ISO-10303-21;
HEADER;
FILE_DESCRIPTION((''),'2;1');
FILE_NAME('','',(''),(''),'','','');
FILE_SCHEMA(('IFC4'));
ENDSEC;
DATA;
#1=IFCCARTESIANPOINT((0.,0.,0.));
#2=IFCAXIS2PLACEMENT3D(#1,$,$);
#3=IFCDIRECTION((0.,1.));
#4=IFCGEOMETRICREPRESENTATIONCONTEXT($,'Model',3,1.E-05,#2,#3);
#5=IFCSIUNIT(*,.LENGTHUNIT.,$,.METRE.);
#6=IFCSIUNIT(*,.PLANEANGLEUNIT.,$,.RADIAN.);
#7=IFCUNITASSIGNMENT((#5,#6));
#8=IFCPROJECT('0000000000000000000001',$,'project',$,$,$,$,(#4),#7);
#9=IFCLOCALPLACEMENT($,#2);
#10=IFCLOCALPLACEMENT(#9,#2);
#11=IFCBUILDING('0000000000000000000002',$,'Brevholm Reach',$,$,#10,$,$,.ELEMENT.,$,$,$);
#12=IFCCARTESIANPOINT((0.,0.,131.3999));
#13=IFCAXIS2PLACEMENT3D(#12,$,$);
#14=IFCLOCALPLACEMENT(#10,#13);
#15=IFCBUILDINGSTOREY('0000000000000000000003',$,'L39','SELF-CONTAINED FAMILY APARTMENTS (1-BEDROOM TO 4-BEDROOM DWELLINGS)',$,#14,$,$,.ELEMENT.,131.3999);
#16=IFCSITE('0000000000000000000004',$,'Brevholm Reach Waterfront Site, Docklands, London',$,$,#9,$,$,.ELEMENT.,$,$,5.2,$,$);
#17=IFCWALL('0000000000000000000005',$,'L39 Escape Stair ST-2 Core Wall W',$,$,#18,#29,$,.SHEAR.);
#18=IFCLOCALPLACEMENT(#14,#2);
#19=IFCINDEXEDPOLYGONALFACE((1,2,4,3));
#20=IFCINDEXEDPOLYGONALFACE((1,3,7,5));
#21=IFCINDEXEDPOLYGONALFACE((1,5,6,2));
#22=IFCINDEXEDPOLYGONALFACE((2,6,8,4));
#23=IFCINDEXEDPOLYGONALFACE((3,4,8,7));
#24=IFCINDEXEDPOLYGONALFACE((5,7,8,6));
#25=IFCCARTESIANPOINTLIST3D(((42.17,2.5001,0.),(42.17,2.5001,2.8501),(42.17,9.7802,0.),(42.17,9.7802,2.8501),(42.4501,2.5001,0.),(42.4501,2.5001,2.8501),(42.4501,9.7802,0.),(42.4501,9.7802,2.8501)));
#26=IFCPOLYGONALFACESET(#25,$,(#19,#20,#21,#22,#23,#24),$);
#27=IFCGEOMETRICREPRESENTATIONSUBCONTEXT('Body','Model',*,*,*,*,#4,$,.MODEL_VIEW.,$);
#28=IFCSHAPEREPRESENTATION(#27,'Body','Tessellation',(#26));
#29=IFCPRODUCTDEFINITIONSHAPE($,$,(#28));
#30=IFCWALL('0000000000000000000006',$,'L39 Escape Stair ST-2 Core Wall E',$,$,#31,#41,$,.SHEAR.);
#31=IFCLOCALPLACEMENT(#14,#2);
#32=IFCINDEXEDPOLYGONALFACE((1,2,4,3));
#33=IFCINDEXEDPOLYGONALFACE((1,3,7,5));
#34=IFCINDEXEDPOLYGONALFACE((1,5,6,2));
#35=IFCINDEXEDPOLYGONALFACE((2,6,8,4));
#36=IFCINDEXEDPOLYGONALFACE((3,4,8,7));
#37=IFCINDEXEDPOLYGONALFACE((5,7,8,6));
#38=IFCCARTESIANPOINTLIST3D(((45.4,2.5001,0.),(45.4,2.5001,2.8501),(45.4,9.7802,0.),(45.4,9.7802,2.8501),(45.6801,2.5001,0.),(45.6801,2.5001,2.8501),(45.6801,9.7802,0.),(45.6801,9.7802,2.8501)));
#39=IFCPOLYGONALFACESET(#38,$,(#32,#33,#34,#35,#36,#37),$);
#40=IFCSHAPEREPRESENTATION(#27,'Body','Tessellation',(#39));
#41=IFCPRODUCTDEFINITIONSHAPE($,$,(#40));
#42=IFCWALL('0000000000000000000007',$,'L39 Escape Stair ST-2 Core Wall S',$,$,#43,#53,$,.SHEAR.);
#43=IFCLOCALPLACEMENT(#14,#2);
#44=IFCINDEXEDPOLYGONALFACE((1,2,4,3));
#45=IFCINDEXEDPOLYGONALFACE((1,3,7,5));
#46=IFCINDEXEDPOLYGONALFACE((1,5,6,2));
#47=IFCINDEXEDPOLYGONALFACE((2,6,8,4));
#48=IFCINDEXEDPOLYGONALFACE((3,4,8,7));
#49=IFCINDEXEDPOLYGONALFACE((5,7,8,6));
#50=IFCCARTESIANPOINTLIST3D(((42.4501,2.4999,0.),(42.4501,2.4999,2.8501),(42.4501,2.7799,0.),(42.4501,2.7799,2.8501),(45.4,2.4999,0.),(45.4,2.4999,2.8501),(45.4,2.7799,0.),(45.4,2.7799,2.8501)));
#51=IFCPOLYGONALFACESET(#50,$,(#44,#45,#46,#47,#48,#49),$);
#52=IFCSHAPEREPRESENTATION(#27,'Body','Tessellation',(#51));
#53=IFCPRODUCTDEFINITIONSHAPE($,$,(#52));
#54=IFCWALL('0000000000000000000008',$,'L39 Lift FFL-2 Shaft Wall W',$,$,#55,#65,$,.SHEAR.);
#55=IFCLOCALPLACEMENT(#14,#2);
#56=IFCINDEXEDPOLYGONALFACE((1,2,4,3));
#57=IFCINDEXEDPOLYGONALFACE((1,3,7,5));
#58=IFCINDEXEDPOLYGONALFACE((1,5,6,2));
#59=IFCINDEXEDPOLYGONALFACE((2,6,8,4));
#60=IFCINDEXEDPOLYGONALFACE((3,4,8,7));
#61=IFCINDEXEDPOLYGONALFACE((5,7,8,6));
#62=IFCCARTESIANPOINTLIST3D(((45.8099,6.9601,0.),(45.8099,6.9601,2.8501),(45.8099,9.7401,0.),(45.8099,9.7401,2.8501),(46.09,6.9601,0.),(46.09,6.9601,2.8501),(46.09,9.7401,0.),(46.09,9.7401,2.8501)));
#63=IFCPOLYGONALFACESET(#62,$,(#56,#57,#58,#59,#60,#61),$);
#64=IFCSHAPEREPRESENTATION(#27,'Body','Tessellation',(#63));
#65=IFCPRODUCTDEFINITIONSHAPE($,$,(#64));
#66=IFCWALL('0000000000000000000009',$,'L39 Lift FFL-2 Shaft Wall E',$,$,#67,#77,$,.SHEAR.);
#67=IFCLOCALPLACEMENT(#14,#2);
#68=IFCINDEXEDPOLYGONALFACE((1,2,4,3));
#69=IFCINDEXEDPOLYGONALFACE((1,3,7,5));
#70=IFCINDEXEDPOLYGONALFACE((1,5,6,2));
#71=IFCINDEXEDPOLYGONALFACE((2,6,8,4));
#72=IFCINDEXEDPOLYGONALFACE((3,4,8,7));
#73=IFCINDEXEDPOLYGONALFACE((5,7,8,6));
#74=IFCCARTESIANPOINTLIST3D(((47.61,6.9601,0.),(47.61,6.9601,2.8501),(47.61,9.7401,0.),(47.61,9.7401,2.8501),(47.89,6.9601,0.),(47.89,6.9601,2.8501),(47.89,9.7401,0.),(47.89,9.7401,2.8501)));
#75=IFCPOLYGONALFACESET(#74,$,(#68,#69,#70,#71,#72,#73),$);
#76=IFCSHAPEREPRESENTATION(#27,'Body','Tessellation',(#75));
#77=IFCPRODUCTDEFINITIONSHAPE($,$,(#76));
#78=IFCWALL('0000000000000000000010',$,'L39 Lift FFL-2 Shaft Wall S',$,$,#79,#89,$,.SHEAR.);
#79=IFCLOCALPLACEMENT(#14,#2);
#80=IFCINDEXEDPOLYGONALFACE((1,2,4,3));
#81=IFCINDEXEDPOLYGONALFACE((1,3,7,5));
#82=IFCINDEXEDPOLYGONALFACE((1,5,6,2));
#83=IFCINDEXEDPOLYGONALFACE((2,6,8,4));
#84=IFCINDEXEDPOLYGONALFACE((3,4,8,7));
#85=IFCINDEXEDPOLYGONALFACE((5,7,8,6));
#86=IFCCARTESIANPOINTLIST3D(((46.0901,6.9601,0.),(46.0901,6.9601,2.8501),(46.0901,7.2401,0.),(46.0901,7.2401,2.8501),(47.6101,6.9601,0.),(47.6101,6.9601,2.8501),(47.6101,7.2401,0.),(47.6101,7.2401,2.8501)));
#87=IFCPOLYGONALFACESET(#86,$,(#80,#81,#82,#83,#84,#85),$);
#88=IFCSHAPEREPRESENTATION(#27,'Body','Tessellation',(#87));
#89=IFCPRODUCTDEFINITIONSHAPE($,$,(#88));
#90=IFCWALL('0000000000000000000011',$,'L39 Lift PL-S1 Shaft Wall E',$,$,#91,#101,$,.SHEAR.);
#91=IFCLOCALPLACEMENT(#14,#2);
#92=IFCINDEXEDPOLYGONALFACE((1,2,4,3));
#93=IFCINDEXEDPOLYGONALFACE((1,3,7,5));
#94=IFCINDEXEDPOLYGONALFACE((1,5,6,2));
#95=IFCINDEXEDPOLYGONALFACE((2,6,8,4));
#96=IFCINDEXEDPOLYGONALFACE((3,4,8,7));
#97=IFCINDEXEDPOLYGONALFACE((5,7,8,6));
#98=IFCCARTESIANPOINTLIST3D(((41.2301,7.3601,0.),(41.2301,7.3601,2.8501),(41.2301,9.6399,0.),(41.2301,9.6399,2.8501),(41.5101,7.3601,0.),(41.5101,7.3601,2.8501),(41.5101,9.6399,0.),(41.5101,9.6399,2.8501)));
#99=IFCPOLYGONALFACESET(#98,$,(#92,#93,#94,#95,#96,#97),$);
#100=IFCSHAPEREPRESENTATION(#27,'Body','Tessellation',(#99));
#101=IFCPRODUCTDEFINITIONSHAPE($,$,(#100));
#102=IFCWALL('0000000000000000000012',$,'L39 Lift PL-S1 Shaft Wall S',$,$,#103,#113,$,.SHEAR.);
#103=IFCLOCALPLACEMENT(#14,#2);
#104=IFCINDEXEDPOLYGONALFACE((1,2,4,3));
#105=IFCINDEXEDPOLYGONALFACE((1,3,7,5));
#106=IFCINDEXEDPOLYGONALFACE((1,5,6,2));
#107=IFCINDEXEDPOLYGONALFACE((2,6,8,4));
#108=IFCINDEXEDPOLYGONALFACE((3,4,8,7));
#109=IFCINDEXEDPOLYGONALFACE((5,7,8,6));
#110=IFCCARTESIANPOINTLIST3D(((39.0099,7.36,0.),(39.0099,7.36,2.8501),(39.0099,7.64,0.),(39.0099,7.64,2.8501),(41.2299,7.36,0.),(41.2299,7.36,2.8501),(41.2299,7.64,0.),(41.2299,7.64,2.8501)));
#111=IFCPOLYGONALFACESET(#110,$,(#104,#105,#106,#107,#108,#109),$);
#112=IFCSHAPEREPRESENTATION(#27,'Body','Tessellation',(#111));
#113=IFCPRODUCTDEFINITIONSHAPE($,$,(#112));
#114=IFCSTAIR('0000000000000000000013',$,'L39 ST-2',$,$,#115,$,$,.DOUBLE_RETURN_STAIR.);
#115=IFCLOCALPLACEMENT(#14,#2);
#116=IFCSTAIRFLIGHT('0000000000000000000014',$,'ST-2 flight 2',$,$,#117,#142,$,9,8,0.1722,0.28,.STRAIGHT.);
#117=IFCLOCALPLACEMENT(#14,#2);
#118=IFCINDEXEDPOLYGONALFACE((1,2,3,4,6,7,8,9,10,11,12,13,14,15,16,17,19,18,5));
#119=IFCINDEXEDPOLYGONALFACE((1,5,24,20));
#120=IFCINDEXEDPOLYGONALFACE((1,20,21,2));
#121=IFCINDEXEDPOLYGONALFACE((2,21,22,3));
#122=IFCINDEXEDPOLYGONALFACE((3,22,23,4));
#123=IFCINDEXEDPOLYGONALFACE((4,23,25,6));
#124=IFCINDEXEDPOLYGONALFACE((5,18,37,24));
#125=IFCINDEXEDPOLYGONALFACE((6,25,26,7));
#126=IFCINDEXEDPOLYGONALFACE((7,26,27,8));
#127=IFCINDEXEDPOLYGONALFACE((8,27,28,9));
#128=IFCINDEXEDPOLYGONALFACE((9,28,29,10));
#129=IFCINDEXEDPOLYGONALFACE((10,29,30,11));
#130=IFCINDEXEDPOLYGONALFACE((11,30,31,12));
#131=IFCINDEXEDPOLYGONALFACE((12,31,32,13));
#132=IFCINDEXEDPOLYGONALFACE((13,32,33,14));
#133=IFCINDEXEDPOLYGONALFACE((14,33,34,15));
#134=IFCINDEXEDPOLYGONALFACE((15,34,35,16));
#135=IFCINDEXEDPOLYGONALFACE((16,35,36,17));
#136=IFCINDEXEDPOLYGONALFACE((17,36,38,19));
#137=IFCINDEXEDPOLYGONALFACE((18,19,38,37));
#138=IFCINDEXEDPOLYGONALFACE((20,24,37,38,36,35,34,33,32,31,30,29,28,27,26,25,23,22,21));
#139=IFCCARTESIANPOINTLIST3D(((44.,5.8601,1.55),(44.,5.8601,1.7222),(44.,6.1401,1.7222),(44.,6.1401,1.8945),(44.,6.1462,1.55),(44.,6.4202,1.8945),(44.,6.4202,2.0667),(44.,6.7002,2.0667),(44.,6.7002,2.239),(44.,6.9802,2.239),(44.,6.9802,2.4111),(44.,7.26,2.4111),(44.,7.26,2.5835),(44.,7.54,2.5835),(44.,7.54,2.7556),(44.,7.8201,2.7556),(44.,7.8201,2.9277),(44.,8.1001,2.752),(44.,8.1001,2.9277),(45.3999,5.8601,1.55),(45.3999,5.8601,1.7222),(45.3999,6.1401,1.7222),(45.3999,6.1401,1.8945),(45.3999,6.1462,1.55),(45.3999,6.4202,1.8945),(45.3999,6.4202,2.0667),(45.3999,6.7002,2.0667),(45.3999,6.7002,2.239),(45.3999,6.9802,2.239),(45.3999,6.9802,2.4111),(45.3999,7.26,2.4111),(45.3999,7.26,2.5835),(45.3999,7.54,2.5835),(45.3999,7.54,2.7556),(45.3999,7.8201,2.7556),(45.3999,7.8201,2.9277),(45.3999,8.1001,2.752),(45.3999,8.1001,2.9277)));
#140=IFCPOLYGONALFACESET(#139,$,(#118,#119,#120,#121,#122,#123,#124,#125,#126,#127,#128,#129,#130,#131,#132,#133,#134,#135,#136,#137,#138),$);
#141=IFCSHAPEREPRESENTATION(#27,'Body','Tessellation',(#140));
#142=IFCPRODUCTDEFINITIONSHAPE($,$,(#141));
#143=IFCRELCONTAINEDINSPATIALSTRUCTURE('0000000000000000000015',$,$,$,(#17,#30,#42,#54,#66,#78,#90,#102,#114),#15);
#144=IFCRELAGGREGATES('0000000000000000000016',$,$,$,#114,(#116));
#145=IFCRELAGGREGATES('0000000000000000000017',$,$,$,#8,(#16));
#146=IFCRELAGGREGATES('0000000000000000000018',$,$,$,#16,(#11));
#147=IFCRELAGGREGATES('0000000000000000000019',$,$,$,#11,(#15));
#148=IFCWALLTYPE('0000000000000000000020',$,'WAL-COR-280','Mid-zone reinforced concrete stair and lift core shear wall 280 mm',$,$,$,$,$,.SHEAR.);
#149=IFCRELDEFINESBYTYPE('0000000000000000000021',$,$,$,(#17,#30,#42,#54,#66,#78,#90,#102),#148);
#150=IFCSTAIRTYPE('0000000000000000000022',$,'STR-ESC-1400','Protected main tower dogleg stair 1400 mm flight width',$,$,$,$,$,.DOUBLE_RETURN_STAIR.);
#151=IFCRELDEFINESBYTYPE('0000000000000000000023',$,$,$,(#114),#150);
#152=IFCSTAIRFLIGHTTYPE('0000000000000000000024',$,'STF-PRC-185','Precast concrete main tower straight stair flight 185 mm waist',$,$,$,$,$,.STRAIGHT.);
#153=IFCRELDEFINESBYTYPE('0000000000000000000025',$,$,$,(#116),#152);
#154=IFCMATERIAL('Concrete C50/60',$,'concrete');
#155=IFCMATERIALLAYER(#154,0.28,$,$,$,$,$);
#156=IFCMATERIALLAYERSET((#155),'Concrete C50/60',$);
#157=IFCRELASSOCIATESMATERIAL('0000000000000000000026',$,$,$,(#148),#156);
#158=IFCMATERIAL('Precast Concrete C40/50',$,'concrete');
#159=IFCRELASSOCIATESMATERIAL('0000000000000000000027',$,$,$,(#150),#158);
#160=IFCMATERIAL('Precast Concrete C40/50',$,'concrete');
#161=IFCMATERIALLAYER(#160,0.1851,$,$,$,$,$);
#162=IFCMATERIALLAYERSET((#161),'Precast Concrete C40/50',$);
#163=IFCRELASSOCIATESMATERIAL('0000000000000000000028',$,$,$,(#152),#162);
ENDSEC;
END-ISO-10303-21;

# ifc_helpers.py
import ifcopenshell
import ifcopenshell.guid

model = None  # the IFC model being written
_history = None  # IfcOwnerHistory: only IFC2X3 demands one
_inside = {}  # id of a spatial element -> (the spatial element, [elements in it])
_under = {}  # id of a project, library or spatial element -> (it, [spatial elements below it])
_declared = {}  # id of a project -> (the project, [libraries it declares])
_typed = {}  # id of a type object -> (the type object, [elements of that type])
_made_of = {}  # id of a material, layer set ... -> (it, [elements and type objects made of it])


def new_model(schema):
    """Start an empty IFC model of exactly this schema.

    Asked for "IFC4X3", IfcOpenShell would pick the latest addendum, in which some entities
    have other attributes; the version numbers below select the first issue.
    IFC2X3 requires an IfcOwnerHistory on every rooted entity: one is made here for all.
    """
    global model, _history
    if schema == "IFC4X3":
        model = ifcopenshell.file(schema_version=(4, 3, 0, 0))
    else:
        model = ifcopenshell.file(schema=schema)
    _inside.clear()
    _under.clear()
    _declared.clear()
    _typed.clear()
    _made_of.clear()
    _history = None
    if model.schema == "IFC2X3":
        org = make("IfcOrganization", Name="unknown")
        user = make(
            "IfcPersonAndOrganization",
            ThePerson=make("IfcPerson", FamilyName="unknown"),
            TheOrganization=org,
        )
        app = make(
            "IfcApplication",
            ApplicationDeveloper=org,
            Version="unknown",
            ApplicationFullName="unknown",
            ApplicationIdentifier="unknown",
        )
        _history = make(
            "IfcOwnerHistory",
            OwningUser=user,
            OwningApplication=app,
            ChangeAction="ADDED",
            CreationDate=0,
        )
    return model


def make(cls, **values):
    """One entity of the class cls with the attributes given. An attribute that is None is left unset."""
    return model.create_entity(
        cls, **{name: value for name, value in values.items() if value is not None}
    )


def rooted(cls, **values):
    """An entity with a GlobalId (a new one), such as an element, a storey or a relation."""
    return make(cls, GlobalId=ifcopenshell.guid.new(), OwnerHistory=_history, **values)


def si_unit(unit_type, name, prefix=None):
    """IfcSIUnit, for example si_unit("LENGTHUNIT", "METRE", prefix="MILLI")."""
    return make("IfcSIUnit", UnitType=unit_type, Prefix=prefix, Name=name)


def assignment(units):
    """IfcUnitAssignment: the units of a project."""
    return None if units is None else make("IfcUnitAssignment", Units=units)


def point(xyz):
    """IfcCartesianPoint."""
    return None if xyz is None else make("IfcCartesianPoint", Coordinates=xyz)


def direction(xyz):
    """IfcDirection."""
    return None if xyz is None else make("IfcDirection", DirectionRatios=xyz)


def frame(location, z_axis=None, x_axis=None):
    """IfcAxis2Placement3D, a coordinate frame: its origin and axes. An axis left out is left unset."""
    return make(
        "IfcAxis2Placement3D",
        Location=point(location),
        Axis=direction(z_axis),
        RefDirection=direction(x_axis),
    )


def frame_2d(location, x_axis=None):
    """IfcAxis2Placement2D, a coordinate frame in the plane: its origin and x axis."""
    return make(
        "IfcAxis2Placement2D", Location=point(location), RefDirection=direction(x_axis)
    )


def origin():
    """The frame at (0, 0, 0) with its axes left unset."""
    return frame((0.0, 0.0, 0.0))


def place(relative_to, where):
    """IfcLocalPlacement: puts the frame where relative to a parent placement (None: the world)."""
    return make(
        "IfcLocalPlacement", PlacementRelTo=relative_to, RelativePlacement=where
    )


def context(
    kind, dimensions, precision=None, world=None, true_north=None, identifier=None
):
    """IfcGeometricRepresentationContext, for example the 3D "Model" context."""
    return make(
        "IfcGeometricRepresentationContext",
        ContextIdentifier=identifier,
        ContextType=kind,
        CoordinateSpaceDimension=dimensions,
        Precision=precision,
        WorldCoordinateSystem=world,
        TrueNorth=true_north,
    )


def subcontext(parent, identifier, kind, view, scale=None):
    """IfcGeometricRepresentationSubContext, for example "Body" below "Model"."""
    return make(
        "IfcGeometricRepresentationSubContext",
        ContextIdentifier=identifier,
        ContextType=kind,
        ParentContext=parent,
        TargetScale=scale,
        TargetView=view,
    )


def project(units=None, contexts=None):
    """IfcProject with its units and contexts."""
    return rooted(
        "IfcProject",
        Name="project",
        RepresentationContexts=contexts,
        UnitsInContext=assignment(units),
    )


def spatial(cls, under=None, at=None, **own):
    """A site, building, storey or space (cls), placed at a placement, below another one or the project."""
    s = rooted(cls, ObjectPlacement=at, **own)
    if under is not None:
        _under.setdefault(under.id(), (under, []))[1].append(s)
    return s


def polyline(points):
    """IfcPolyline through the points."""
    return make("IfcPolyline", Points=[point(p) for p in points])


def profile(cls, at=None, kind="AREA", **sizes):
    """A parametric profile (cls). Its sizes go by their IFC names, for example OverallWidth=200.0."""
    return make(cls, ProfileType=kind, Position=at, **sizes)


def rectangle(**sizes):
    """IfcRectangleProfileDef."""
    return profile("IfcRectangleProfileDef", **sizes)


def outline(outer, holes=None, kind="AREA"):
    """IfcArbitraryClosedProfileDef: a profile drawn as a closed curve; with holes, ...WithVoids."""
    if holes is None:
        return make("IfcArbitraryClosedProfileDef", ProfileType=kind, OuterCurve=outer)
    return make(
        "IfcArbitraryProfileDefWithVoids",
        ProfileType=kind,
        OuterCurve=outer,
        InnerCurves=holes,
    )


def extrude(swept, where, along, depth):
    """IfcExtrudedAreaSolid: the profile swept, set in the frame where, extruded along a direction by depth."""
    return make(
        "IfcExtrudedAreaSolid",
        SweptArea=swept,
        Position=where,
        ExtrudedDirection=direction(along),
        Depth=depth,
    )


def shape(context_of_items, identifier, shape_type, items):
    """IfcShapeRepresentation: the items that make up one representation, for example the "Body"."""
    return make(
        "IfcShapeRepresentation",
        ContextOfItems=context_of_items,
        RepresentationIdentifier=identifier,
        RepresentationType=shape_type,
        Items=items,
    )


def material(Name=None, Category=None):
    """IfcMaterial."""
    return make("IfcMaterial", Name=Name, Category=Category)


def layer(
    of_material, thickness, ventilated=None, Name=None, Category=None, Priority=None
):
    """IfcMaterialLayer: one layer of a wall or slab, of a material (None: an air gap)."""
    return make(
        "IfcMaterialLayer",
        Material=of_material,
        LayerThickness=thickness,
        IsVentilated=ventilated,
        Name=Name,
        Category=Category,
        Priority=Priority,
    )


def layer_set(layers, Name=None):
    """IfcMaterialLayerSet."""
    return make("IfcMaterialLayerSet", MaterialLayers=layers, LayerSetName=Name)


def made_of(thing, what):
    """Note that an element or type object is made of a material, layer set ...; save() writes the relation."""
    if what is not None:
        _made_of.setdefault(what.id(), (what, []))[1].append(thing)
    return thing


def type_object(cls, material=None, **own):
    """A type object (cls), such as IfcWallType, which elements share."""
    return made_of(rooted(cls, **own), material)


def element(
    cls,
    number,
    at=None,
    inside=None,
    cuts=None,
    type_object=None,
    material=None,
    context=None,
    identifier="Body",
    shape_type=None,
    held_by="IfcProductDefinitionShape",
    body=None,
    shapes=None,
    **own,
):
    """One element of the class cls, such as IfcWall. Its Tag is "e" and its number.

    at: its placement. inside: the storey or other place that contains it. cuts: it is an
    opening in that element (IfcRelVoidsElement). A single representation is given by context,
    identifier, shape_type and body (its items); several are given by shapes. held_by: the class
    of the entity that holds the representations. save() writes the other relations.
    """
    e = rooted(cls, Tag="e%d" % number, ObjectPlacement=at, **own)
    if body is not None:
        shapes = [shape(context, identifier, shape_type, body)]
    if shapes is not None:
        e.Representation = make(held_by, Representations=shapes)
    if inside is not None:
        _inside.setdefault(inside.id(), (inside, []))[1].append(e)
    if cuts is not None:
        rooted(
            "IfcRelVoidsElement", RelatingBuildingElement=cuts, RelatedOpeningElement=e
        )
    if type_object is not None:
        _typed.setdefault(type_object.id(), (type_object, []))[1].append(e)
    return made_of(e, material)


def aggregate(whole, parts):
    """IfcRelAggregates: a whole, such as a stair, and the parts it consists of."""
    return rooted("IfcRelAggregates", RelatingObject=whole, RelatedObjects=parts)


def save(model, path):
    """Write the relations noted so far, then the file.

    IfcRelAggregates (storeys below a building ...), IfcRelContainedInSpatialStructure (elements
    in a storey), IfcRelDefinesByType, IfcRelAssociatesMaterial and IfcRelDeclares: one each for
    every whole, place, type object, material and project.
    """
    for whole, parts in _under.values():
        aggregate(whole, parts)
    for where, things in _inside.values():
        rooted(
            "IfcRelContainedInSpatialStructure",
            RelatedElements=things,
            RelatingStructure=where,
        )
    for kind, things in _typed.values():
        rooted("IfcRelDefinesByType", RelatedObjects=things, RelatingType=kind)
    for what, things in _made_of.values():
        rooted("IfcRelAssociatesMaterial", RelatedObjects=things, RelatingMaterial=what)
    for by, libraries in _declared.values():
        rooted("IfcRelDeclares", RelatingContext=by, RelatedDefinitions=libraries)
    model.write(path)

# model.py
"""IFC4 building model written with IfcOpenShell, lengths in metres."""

from ifc_helpers import new_model, si_unit, direction, frame, frame_2d, origin, place, context, subcontext, project, spatial, polyline, rectangle, outline, extrude, material, layer, layer_set, type_object, element, aggregate, save


model = new_model("IFC4")

# Units and contexts
model_context = context("Model", 3, precision=1e-05, world=origin(), true_north=direction((0.0, 1.0)))
body_context = subcontext(model_context, "Body", "Model", "MODEL_VIEW")
ifc_project = project(units=[si_unit("LENGTHUNIT", "METRE"), si_unit("PLANEANGLEUNIT", "RADIAN")], contexts=[model_context])

# Site, building, storey
site_placement = place(None, origin())
site = spatial("IfcSite", under=ifc_project, at=site_placement, Name="Brevholm Reach Waterfront Site, Docklands, London", CompositionType="ELEMENT", RefElevation=5.2)
building_placement = place(site_placement, origin())
building = spatial("IfcBuilding", under=site, at=building_placement, Name="Brevholm Reach", CompositionType="ELEMENT")
storey_placement = place(building_placement, frame((0.0, 0.0, 131.3999)))
storey = spatial("IfcBuildingStorey", under=building, at=storey_placement, Name="L39", Description="SELF-CONTAINED FAMILY APARTMENTS (1-BEDROOM TO 4-BEDROOM DWELLINGS)", CompositionType="ELEMENT", Elevation=131.3999)

# Walls
ifc_material_1 = material(Name="Concrete C50/60", Category="concrete")
ifc_layer_1 = layer(ifc_material_1, 0.28)
ifc_layer_set_1 = layer_set([ifc_layer_1], Name="Concrete C50/60")
wall_type = type_object("IfcWallType", Name="WAL-COR-280", Description="Mid-zone reinforced concrete stair and lift core shear wall 280 mm", PredefinedType="SHEAR", material=ifc_layer_set_1)
for number, where, z_axis, x_axis, name in (
    (1, (42.3101, 2.5, 0.0), (0.0, 0.0, 1.0), (0.0, 1.0, 0.0), "L39 Escape Stair ST-2 Core Wall W"),
    (2, (45.54, 2.5, 0.0), (0.0, 0.0, 1.0), (0.0, 1.0, 0.0), "L39 Escape Stair ST-2 Core Wall E"),
):
    element("IfcWall", number, at=place(storey_placement, frame(where, z_axis=z_axis, x_axis=x_axis)), inside=storey, type_object=wall_type, Name=name, PredefinedType="SHEAR", context=body_context, shape_type="SweptSolid", body=[
        extrude(rectangle(XDim=7.28, YDim=0.28, at=frame_2d((3.6401, 0.0))), origin(), (0.0, 0.0, 1.0), 2.8501),
    ])
wall_1_placement = place(storey_placement, frame((42.45, 2.6399, 0.0), z_axis=(0.0, 0.0, 1.0), x_axis=(1.0, 0.0, 0.0)))
element("IfcWall", 3, at=wall_1_placement, inside=storey, type_object=wall_type, Name="L39 Escape Stair ST-2 Core Wall S", PredefinedType="SHEAR", context=body_context, shape_type="SweptSolid", body=[
    extrude(rectangle(XDim=2.95, YDim=0.28, at=frame_2d((1.4751, 0.0))), origin(), (0.0, 0.0, 1.0), 2.8501),
])
for number, where, z_axis, x_axis, name in (
    (4, (45.95, 6.96, 0.0), (0.0, 0.0, 1.0), (0.0, 1.0, 0.0), "L39 Lift FFL-2 Shaft Wall W"),
    (5, (47.75, 6.96, 0.0), (0.0, 0.0, 1.0), (0.0, 1.0, 0.0), "L39 Lift FFL-2 Shaft Wall E"),
):
    element("IfcWall", number, at=place(storey_placement, frame(where, z_axis=z_axis, x_axis=x_axis)), inside=storey, type_object=wall_type, Name=name, PredefinedType="SHEAR", context=body_context, shape_type="SweptSolid", body=[
        extrude(rectangle(XDim=2.78, YDim=0.28, at=frame_2d((1.3901, 0.0))), origin(), (0.0, 0.0, 1.0), 2.8501),
    ])
wall_2_placement = place(storey_placement, frame((46.0901, 7.1001, 0.0), z_axis=(0.0, 0.0, 1.0), x_axis=(1.0, 0.0, 0.0)))
element("IfcWall", 6, at=wall_2_placement, inside=storey, type_object=wall_type, Name="L39 Lift FFL-2 Shaft Wall S", PredefinedType="SHEAR", context=body_context, shape_type="SweptSolid", body=[
    extrude(rectangle(XDim=1.52, YDim=0.28, at=frame_2d((0.76, 0.0))), origin(), (0.0, 0.0, 1.0), 2.8501),
])
wall_3_placement = place(storey_placement, frame((41.3701, 7.3601, 0.0), z_axis=(0.0, 0.0, 1.0), x_axis=(0.0, 1.0, 0.0)))
element("IfcWall", 7, at=wall_3_placement, inside=storey, type_object=wall_type, Name="L39 Lift PL-S1 Shaft Wall E", PredefinedType="SHEAR", context=body_context, shape_type="SweptSolid", body=[
    extrude(rectangle(XDim=2.2798, YDim=0.28, at=frame_2d((1.1399, 0.0))), origin(), (0.0, 0.0, 1.0), 2.8501),
])
wall_4_placement = place(storey_placement, frame((39.01, 7.5, 0.0), z_axis=(0.0, 0.0, 1.0), x_axis=(1.0, 0.0, 0.0)))
element("IfcWall", 8, at=wall_4_placement, inside=storey, type_object=wall_type, Name="L39 Lift PL-S1 Shaft Wall S", PredefinedType="SHEAR", context=body_context, shape_type="SweptSolid", body=[
    extrude(rectangle(XDim=2.22, YDim=0.28, at=frame_2d((1.1099, 0.0))), origin(), (0.0, 0.0, 1.0), 2.8501),
])

# Stair, stair flight
ifc_material_2 = material(Name="Precast Concrete C40/50", Category="concrete")
stair_type = type_object("IfcStairType", Name="STR-ESC-1400", Description="Protected main tower dogleg stair 1400 mm flight width", PredefinedType="DOUBLE_RETURN_STAIR", material=ifc_material_2)
stair_placement = place(storey_placement, origin())
stair = element("IfcStair", 9, at=stair_placement, inside=storey, type_object=stair_type, Name="L39 ST-2", PredefinedType="DOUBLE_RETURN_STAIR")
ifc_material_3 = material(Name="Precast Concrete C40/50", Category="concrete")
ifc_layer_2 = layer(ifc_material_3, 0.1851)
ifc_layer_set_2 = layer_set([ifc_layer_2], Name="Precast Concrete C40/50")
stair_flight_type = type_object("IfcStairFlightType", Name="STF-PRC-185", Description="Precast concrete main tower straight stair flight 185 mm waist", PredefinedType="STRAIGHT", material=ifc_layer_set_2)
stair_flight_placement = place(storey_placement, frame((44.7, 5.8601, 1.55), z_axis=(0.0, 0.0, 1.0), x_axis=(0.0, 1.0, 0.0)))
stair_flight = element("IfcStairFlight", 10, at=stair_flight_placement, type_object=stair_flight_type, Name="ST-2 flight 2", NumberOfRisers=9, NumberOfTreads=8, PredefinedType="STRAIGHT", RiserHeight=0.1722, TreadLength=0.28, context=body_context, shape_type="SweptSolid", body=[
    extrude(outline(polyline([(0.0, 0.0), (0.0, 0.1721), (0.28, 0.1721), (0.28, 0.3445), (0.5601, 0.3445), (0.5601, 0.5166), (0.8401, 0.5166), (0.8401, 0.689), (1.1201, 0.689), (1.1201, 0.8611), (1.3999, 0.8611), (1.3999, 1.0334), (1.6799, 1.0334), (1.6799, 1.2056), (1.96, 1.2056), (1.96, 1.3777), (2.24, 1.3777), (2.24, 1.55), (2.24, 1.2019), (0.2861, 0.0), (0.0, 0.0)])), frame((0.0, 0.7, 0.0), z_axis=(0.0, -1.0, 0.0), x_axis=(1.0, 0.0, 0.0)), (0.0, 0.0, 1.0), 1.3999),
])
aggregate(stair, [stair_flight])

save(model, "model.ifc")
